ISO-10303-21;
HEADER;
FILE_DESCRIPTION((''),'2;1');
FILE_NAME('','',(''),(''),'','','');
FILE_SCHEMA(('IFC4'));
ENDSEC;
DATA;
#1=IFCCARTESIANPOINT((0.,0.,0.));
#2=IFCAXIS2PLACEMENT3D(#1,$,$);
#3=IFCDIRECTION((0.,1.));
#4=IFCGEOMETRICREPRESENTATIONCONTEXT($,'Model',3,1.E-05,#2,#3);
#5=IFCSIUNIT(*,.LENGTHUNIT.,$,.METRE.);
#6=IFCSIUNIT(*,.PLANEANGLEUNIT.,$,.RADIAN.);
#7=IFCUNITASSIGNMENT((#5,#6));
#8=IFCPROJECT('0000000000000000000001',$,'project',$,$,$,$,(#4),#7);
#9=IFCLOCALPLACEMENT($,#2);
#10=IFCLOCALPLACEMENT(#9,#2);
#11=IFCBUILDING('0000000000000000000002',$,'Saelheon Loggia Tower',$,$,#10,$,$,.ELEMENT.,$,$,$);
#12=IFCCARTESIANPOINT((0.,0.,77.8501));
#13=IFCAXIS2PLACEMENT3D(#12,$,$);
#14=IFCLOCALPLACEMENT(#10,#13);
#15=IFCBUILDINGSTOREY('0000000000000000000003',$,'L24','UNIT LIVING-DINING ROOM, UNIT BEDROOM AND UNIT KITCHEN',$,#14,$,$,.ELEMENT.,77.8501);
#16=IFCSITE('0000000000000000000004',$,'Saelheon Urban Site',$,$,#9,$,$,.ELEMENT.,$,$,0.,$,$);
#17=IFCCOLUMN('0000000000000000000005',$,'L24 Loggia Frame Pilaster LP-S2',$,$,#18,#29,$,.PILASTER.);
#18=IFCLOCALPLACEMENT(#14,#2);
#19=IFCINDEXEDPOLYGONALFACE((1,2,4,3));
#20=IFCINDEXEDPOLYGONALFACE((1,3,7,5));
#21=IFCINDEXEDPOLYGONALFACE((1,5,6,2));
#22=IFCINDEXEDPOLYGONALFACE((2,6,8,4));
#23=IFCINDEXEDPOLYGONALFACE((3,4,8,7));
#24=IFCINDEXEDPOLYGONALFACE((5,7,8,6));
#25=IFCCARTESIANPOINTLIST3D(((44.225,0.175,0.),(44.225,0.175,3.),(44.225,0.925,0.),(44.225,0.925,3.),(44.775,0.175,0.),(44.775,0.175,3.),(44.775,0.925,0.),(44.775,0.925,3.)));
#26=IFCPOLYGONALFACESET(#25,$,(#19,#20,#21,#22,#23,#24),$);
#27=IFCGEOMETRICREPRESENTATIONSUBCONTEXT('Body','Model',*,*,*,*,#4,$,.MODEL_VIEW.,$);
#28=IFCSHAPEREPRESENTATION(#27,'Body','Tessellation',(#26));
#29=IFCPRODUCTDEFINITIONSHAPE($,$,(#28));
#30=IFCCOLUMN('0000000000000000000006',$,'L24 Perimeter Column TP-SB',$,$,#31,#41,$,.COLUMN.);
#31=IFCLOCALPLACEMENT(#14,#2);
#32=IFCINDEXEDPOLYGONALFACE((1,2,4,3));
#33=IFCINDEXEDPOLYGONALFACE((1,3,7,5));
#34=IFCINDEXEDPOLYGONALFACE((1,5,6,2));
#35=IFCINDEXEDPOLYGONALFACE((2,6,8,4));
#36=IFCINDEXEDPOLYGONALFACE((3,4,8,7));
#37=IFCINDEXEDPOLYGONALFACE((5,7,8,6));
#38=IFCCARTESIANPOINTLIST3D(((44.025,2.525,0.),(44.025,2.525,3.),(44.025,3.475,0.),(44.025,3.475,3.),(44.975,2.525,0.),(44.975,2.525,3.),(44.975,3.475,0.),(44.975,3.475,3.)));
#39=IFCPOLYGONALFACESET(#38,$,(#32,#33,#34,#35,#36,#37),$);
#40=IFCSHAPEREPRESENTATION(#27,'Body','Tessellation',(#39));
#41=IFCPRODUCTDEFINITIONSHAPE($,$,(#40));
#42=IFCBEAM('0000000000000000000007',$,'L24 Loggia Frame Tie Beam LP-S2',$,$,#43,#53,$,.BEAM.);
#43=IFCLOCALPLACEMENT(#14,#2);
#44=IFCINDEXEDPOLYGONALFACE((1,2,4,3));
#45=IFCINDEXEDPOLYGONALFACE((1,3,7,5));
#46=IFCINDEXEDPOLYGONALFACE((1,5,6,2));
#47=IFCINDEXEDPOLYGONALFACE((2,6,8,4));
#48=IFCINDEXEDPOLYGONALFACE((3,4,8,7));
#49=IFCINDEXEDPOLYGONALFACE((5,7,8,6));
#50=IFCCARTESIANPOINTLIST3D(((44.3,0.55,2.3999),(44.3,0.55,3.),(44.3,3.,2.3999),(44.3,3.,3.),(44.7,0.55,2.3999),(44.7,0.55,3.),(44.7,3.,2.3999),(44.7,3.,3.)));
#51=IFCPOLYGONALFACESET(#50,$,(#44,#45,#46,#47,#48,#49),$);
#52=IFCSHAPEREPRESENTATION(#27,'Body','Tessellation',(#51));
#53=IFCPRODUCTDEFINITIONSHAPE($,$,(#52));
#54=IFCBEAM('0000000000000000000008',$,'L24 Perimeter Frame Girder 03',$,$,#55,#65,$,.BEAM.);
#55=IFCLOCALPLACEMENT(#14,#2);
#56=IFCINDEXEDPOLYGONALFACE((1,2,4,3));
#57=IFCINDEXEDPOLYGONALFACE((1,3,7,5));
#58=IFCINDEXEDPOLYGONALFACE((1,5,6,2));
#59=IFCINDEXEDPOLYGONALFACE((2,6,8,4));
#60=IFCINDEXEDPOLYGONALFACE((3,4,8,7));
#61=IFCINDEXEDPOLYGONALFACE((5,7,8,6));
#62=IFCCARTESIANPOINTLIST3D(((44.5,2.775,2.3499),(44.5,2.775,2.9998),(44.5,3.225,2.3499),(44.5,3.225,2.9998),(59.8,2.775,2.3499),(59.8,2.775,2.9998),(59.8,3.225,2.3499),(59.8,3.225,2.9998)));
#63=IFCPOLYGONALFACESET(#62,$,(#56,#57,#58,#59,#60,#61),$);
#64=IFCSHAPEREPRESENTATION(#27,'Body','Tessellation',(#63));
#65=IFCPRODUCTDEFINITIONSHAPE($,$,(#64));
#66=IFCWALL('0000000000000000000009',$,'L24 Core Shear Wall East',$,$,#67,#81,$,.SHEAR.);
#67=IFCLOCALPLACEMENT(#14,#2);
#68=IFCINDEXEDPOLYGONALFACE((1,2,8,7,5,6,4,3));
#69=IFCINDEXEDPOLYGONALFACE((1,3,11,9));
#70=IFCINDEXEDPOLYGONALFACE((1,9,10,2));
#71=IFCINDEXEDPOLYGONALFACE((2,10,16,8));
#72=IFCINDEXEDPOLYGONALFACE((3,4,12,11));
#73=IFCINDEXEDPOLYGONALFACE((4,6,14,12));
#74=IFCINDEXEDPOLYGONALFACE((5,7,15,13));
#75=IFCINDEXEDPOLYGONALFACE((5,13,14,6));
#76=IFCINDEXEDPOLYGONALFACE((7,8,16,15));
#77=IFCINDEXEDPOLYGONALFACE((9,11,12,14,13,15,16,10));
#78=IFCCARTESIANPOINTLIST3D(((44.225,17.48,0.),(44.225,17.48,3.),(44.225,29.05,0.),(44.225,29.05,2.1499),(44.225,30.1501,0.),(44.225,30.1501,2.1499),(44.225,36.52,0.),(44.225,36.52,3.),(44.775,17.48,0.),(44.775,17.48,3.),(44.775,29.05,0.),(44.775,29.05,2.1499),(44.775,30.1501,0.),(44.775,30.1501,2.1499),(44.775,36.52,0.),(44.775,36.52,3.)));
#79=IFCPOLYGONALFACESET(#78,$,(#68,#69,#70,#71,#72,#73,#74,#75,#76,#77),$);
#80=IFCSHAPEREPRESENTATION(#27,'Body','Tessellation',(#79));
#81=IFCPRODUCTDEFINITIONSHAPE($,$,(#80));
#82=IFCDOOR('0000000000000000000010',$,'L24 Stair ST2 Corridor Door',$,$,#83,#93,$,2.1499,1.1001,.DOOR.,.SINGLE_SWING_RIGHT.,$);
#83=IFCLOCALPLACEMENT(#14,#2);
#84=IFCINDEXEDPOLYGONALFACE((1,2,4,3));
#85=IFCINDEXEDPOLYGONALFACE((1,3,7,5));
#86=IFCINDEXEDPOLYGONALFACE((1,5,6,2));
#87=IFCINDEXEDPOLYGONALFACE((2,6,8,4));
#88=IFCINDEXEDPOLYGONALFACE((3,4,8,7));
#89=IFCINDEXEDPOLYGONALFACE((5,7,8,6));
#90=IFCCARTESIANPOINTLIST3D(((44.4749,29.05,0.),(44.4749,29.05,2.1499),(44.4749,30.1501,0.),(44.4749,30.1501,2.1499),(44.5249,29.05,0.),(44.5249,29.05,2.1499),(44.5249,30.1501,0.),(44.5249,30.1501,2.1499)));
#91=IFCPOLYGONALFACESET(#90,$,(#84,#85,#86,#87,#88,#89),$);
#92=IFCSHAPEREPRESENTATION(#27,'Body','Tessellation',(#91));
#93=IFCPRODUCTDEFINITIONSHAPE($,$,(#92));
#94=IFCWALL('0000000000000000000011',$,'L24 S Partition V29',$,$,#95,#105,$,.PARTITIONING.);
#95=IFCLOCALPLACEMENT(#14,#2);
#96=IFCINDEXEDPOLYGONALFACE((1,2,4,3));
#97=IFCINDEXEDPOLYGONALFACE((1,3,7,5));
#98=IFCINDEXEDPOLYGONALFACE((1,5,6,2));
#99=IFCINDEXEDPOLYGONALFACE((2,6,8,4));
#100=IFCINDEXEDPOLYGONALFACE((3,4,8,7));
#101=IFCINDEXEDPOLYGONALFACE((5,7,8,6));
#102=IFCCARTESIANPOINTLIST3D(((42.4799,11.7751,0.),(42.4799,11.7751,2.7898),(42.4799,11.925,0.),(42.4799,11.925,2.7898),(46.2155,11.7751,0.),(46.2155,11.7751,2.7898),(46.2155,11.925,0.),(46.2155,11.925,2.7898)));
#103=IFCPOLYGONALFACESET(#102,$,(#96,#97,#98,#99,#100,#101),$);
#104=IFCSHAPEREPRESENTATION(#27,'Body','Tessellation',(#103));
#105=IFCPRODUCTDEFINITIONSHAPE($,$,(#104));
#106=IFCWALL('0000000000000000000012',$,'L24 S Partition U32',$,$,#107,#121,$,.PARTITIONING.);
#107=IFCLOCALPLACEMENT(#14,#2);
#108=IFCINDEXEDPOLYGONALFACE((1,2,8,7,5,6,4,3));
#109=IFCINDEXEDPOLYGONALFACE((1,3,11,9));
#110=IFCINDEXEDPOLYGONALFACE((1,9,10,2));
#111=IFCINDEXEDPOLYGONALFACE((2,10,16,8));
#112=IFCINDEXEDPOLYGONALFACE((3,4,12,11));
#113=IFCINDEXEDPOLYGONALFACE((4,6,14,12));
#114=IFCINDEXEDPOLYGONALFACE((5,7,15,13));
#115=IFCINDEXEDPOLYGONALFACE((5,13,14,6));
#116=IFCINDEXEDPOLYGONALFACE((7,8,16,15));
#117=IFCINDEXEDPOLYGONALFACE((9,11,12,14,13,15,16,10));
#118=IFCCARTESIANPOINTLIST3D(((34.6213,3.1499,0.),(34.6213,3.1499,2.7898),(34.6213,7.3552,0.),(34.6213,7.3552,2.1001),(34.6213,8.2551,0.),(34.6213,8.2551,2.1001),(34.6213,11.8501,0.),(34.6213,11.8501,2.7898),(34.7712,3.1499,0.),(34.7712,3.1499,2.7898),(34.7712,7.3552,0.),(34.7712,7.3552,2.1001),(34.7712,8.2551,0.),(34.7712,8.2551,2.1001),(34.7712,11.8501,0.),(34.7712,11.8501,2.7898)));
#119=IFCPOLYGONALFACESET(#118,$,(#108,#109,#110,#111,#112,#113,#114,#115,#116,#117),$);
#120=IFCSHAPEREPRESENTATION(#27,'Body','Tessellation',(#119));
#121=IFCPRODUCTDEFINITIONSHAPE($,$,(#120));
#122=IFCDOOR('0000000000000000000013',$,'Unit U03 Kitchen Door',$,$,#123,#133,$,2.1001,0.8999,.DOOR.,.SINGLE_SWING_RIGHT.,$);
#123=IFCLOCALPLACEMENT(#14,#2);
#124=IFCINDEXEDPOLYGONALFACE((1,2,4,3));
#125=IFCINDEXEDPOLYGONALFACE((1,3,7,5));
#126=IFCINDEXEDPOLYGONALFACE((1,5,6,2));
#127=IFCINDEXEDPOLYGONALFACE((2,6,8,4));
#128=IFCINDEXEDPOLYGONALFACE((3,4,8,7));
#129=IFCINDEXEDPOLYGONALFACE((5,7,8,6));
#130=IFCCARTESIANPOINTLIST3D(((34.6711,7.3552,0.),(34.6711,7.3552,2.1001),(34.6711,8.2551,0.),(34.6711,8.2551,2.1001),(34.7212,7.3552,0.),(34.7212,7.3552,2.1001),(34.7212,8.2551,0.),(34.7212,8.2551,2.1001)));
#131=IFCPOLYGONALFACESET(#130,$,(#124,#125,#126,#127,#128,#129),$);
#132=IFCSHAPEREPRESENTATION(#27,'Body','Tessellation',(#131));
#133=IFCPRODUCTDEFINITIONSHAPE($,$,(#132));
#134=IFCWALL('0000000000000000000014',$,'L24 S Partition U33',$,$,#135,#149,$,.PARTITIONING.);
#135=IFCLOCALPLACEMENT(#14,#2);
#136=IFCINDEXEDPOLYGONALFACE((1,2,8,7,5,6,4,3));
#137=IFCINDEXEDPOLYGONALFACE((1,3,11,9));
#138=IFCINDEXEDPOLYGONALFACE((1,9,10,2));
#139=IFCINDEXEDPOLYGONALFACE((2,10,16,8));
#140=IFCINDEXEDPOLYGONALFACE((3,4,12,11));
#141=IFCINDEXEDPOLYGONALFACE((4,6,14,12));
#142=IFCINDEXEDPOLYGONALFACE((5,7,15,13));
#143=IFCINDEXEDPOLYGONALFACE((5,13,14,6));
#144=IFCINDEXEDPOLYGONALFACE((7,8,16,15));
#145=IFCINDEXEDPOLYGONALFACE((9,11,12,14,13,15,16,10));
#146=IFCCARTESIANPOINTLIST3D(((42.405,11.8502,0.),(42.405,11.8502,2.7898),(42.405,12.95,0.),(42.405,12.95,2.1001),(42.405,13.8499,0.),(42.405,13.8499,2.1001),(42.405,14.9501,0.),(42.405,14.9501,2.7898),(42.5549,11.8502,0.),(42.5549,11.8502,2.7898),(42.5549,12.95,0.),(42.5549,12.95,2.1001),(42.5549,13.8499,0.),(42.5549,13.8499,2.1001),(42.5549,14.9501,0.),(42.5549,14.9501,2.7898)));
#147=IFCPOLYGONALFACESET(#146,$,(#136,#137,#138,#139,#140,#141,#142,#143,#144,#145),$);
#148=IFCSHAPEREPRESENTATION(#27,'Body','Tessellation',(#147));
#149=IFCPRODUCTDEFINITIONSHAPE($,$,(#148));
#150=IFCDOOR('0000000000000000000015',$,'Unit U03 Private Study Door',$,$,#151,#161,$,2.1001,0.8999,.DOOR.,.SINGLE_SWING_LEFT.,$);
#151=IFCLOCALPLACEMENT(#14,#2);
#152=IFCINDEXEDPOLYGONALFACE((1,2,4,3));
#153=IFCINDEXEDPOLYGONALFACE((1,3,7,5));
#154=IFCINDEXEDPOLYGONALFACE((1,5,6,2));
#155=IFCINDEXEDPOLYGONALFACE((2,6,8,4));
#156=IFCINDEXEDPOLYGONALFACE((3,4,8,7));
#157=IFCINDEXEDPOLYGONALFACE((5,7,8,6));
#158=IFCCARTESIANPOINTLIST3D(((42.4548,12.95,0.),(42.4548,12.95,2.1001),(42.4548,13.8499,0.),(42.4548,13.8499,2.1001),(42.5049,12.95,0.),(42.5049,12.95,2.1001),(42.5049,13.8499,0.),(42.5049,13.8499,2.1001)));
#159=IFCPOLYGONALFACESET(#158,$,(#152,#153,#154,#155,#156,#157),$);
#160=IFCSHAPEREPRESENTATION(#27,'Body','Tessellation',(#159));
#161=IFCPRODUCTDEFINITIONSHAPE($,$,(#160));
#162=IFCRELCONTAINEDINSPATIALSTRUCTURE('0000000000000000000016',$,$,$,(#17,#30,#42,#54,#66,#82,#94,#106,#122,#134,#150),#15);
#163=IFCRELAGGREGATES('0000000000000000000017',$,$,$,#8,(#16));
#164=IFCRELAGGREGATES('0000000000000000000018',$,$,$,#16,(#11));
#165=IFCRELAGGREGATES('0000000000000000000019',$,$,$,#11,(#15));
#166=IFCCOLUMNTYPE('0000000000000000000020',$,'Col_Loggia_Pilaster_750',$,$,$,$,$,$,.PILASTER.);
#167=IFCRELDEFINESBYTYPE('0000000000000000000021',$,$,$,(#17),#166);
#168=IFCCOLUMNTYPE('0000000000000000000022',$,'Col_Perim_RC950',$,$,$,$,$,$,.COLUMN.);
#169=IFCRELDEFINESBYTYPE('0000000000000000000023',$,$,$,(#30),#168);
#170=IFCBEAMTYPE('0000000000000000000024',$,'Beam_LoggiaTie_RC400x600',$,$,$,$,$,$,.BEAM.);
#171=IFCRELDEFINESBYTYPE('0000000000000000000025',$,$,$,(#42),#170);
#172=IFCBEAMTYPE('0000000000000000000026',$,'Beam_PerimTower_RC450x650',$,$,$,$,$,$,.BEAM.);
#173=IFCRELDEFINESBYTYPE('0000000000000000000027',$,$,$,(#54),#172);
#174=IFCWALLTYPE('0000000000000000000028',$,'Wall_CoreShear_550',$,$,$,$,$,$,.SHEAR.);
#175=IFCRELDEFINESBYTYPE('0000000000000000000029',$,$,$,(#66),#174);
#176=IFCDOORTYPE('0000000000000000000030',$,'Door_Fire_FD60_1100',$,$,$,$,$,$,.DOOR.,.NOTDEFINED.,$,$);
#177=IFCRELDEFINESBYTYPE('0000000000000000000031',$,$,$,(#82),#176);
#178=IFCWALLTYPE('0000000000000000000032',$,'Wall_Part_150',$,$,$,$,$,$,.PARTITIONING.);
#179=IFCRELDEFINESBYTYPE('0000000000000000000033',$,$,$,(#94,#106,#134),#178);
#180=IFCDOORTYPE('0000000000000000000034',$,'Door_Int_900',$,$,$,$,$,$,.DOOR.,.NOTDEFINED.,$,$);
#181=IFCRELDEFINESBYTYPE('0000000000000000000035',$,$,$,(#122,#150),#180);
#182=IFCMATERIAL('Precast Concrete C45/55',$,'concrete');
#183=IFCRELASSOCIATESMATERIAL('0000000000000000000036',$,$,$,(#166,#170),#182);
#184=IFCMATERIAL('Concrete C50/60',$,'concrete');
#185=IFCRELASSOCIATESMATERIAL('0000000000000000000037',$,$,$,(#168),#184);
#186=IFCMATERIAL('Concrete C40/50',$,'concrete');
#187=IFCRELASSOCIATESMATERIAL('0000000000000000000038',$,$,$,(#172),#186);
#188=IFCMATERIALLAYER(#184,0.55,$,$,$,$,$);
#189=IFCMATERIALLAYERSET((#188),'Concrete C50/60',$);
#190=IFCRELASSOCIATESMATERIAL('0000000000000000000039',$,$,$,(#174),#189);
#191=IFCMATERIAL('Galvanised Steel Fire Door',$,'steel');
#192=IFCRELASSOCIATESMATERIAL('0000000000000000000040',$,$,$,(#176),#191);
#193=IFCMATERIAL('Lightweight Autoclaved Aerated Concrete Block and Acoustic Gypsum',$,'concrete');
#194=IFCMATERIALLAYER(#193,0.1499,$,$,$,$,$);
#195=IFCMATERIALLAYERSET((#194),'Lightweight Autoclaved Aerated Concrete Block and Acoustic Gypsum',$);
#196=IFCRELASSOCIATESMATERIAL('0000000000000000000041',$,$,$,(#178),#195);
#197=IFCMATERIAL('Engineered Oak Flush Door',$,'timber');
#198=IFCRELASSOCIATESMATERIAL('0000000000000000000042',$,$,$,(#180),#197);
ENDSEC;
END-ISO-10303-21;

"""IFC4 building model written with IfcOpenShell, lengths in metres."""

from ifc_helpers import new_model, si_unit, direction, frame, frame_2d, origin, origin_2d, place, context, subcontext, project, spatial, rectangle, extrude, source, transform, mapped, material, layer, layer_set, material_profile, profile_set, type_object, element, fill, save


model = new_model("IFC4")

# Units and contexts
model_context = context("Model", 3, precision=1e-05, world=origin(), true_north=direction((0.0, 1.0)))
body_context = subcontext(model_context, "Body", "Model", "MODEL_VIEW")
ifc_project = project(units=[si_unit("LENGTHUNIT", "METRE"), si_unit("PLANEANGLEUNIT", "RADIAN")], contexts=[model_context])

# Site, building, storey
site_placement = place(None, origin())
site = spatial("IfcSite", under=ifc_project, at=site_placement, Name="Saelheon Urban Site", CompositionType="ELEMENT", RefElevation=0.0)
building_placement = place(site_placement, origin())
building = spatial("IfcBuilding", under=site, at=building_placement, Name="Saelheon Loggia Tower", CompositionType="ELEMENT")
storey_placement = place(building_placement, frame((0.0, 0.0, 77.8501)))
storey = spatial("IfcBuildingStorey", under=building, at=storey_placement, Name="L24", Description="UNIT LIVING-DINING ROOM, UNIT BEDROOM AND UNIT KITCHEN", CompositionType="ELEMENT", Elevation=77.8501)

# Columns
ifc_material_1 = material(Name="Precast Concrete C45/55", Category="concrete")
ifc_material_profile_1 = material_profile(ifc_material_1, rectangle(XDim=0.55, YDim=0.75, at=origin_2d()), Name="RC-550x750")
ifc_profile_set_1 = profile_set([ifc_material_profile_1], Name="Precast Concrete C45/55")
column_type_1 = type_object("IfcColumnType", Name="Col_Loggia_Pilaster_750", PredefinedType="PILASTER", material=ifc_profile_set_1)
shared_shape_1 = source(origin(), body_context, "Body", "SweptSolid", [
    extrude(rectangle(XDim=0.55, YDim=0.75, at=origin_2d()), origin(), (0.0, 0.0, 1.0), 3.0),
])
column_1_placement = place(storey_placement, frame((44.5, 0.55, 0.0), z_axis=(0.0, 0.0, 1.0), x_axis=(1.0, 0.0, 0.0)))
element("IfcColumn", 1, at=column_1_placement, inside=storey, type_object=column_type_1, Name="L24 Loggia Frame Pilaster LP-S2", PredefinedType="PILASTER", context=body_context, shape_type="MappedRepresentation", body=[
    mapped(shared_shape_1, transform((0.0, 0.0, 0.0), scale=1.0)),
])
ifc_material_2 = material(Name="Concrete C50/60", Category="concrete")
ifc_material_profile_2 = material_profile(ifc_material_2, rectangle(XDim=0.95, YDim=0.95, at=origin_2d()), Name="RC-950x950")
ifc_profile_set_2 = profile_set([ifc_material_profile_2], Name="Concrete C50/60")
column_type_2 = type_object("IfcColumnType", Name="Col_Perim_RC950", PredefinedType="COLUMN", material=ifc_profile_set_2)
shared_shape_2 = source(origin(), body_context, "Body", "SweptSolid", [
    extrude(rectangle(XDim=0.95, YDim=0.95, at=origin_2d()), origin(), (0.0, 0.0, 1.0), 3.0),
])
column_2_placement = place(storey_placement, frame((44.5, 3.0, 0.0), z_axis=(0.0, 0.0, 1.0), x_axis=(1.0, 0.0, 0.0)))
element("IfcColumn", 2, at=column_2_placement, inside=storey, type_object=column_type_2, Name="L24 Perimeter Column TP-SB", PredefinedType="COLUMN", context=body_context, shape_type="MappedRepresentation", body=[
    mapped(shared_shape_2, transform((0.0, 0.0, 0.0), scale=1.0)),
])

# Beams
ifc_material_profile_3 = material_profile(ifc_material_1, rectangle(XDim=0.3999, YDim=0.6001, at=origin_2d()), Name="RC-400x600")
ifc_profile_set_3 = profile_set([ifc_material_profile_3], Name="Precast Concrete C45/55")
beam_type_1 = type_object("IfcBeamType", Name="Beam_LoggiaTie_RC400x600", PredefinedType="BEAM", material=ifc_profile_set_3)
shared_shape_3 = source(origin(), body_context, "Body", "SweptSolid", [
    extrude(rectangle(XDim=0.3999, YDim=0.6001, at=origin_2d()), origin(), (0.0, 0.0, 1.0), 2.45),
])
beam_1_placement = place(storey_placement, frame((44.5, 3.0, 2.7), z_axis=(0.0, -1.0, 0.0), x_axis=(1.0, 0.0, 0.0)))
element("IfcBeam", 3, at=beam_1_placement, inside=storey, type_object=beam_type_1, Name="L24 Loggia Frame Tie Beam LP-S2", PredefinedType="BEAM", context=body_context, shape_type="MappedRepresentation", body=[
    mapped(shared_shape_3, transform((0.0, 0.0, 0.0), scale=1.0)),
])
ifc_material_3 = material(Name="Concrete C40/50", Category="concrete")
ifc_material_profile_4 = material_profile(ifc_material_3, rectangle(XDim=0.45, YDim=0.6499, at=origin_2d()), Name="RC-450x650")
ifc_profile_set_4 = profile_set([ifc_material_profile_4], Name="Concrete C40/50")
beam_type_2 = type_object("IfcBeamType", Name="Beam_PerimTower_RC450x650", PredefinedType="BEAM", material=ifc_profile_set_4)
shared_shape_4 = source(origin(), body_context, "Body", "SweptSolid", [
    extrude(rectangle(XDim=0.45, YDim=0.6499, at=origin_2d()), origin(), (0.0, 0.0, 1.0), 15.3),
])
beam_2_placement = place(storey_placement, frame((44.5, 3.0, 2.6748), z_axis=(1.0, 0.0, 0.0), x_axis=(0.0, 1.0, 0.0)))
element("IfcBeam", 4, at=beam_2_placement, inside=storey, type_object=beam_type_2, Name="L24 Perimeter Frame Girder 03", PredefinedType="BEAM", context=body_context, shape_type="MappedRepresentation", body=[
    mapped(shared_shape_4, transform((0.0, 0.0, 0.0), scale=1.0)),
])

# Wall, opening, door
ifc_layer_1 = layer(ifc_material_2, 0.55)
ifc_layer_set_1 = layer_set([ifc_layer_1], Name="Concrete C50/60")
wall_type_1 = type_object("IfcWallType", Name="Wall_CoreShear_550", PredefinedType="SHEAR", material=ifc_layer_set_1)
wall_1_placement = place(storey_placement, frame((44.5, 17.48, 0.0), z_axis=(0.0, 0.0, 1.0), x_axis=(0.0, 1.0, 0.0)))
wall_1 = element("IfcWall", 5, at=wall_1_placement, inside=storey, type_object=wall_type_1, Name="L24 Core Shear Wall East", PredefinedType="SHEAR", context=body_context, shape_type="SweptSolid", body=[
    extrude(rectangle(XDim=19.04, YDim=0.55, at=frame_2d((9.52, 0.0))), origin(), (0.0, 0.0, 1.0), 3.0),
])
opening_1_placement = place(wall_1_placement, frame((12.6702, 0.0, 0.0), z_axis=(0.0, 0.0, 1.0), x_axis=(-1.0, 0.0, 0.0)))
opening_1 = element("IfcOpeningElement", 6, at=opening_1_placement, cuts=wall_1, PredefinedType="OPENING", context=body_context, shape_type="SweptSolid", body=[
    extrude(rectangle(XDim=1.1001, YDim=2.1499, at=frame_2d((0.55, 1.075))), frame((0.0, 0.2871, 0.0), z_axis=(0.0, -1.0, 0.0), x_axis=(1.0, 0.0, 0.0)), (0.0, 0.0, 1.0), 0.574),
])
ifc_material_4 = material(Name="Galvanised Steel Fire Door", Category="steel")
door_type_1 = type_object("IfcDoorType", Name="Door_Fire_FD60_1100", OperationType="NOTDEFINED", PredefinedType="DOOR", material=ifc_material_4)
shared_shape_5 = source(origin(), body_context, "Body", "SweptSolid", [
    extrude(rectangle(XDim=1.1001, YDim=2.1499, at=frame_2d((0.55, 1.075))), frame((0.0, 0.0249, 0.0), z_axis=(0.0, -1.0, 0.0), x_axis=(1.0, 0.0, 0.0)), (0.0, 0.0, 1.0), 0.05),
])
door_1_placement = place(opening_1_placement, origin())
door_1 = element("IfcDoor", 7, at=door_1_placement, inside=storey, type_object=door_type_1, Name="L24 Stair ST2 Corridor Door", OperationType="SINGLE_SWING_RIGHT", OverallHeight=2.1499, OverallWidth=1.1001, PredefinedType="DOOR", context=body_context, shape_type="MappedRepresentation", body=[
    mapped(shared_shape_5, transform((0.0, 0.0, 0.0), scale=1.0)),
])
fill(opening_1, door_1)

# Wall
ifc_material_5 = material(Name="Lightweight Autoclaved Aerated Concrete Block and Acoustic Gypsum", Category="concrete")
ifc_layer_2 = layer(ifc_material_5, 0.1499)
ifc_layer_set_2 = layer_set([ifc_layer_2], Name="Lightweight Autoclaved Aerated Concrete Block and Acoustic Gypsum")
wall_type_2 = type_object("IfcWallType", Name="Wall_Part_150", PredefinedType="PARTITIONING", material=ifc_layer_set_2)
wall_2_placement = place(storey_placement, frame((42.48, 11.8501, 0.0), z_axis=(0.0, 0.0, 1.0), x_axis=(1.0, 0.0, 0.0)))
element("IfcWall", 8, at=wall_2_placement, inside=storey, type_object=wall_type_2, Name="L24 S Partition V29", PredefinedType="PARTITIONING", context=body_context, shape_type="SweptSolid", body=[
    extrude(rectangle(XDim=3.7356, YDim=0.1499, at=frame_2d((1.8677, 0.0))), origin(), (0.0, 0.0, 1.0), 2.7898),
])

# Walls, openings, doors
wall_3_placement = place(storey_placement, frame((34.6963, 11.8501, 0.0), z_axis=(0.0, 0.0, 1.0), x_axis=(0.0, -1.0, 0.0)))
wall_3 = element("IfcWall", 9, at=wall_3_placement, inside=storey, type_object=wall_type_2, Name="L24 S Partition U32", PredefinedType="PARTITIONING", context=body_context, shape_type="SweptSolid", body=[
    extrude(rectangle(XDim=8.7002, YDim=0.1499, at=frame_2d((4.3501, 0.0))), origin(), (0.0, 0.0, 1.0), 2.7898),
])
opening_2_placement = place(wall_3_placement, frame((3.595, 0.0, 0.0)))
opening_2 = element("IfcOpeningElement", 10, at=opening_2_placement, cuts=wall_3, PredefinedType="OPENING", context=body_context, shape_type="SweptSolid", body=[
    extrude(rectangle(XDim=0.8999, YDim=2.1001, at=frame_2d((0.45, 1.05))), frame((0.0, 0.0869, 0.0), z_axis=(0.0, -1.0, 0.0), x_axis=(1.0, 0.0, 0.0)), (0.0, 0.0, 1.0), 0.1738),
])
ifc_material_6 = material(Name="Engineered Oak Flush Door", Category="timber")
door_type_2 = type_object("IfcDoorType", Name="Door_Int_900", OperationType="NOTDEFINED", PredefinedType="DOOR", material=ifc_material_6)
shared_shape_6 = source(origin(), body_context, "Body", "SweptSolid", [
    extrude(rectangle(XDim=0.8999, YDim=2.1001, at=frame_2d((0.45, 1.05))), frame((0.0, 0.0249, 0.0), z_axis=(0.0, -1.0, 0.0), x_axis=(1.0, 0.0, 0.0)), (0.0, 0.0, 1.0), 0.05),
])
door_2_placement = place(opening_2_placement, origin())
door_2 = element("IfcDoor", 11, at=door_2_placement, inside=storey, type_object=door_type_2, Name="Unit U03 Kitchen Door", OperationType="SINGLE_SWING_RIGHT", OverallHeight=2.1001, OverallWidth=0.8999, PredefinedType="DOOR", context=body_context, shape_type="MappedRepresentation", body=[
    mapped(shared_shape_6, transform((0.0, 0.0, 0.0), scale=1.0)),
])
fill(opening_2, door_2)
wall_4_placement = place(storey_placement, frame((42.48, 14.95, 0.0), z_axis=(0.0, 0.0, 1.0), x_axis=(0.0, -1.0, 0.0)))
wall_4 = element("IfcWall", 12, at=wall_4_placement, inside=storey, type_object=wall_type_2, Name="L24 S Partition U33", PredefinedType="PARTITIONING", context=body_context, shape_type="SweptSolid", body=[
    extrude(rectangle(XDim=3.0999, YDim=0.1499, at=frame_2d((1.5498, 0.0))), origin(), (0.0, 0.0, 1.0), 2.7898),
])
opening_3_placement = place(wall_4_placement, frame((1.1001, 0.0, 0.0)))
opening_3 = element("IfcOpeningElement", 13, at=opening_3_placement, cuts=wall_4, PredefinedType="OPENING", context=body_context, shape_type="SweptSolid", body=[
    extrude(rectangle(XDim=0.8999, YDim=2.1001, at=frame_2d((0.45, 1.05))), frame((0.0, 0.0869, 0.0), z_axis=(0.0, -1.0, 0.0), x_axis=(1.0, 0.0, 0.0)), (0.0, 0.0, 1.0), 0.1738),
])
door_3_placement = place(opening_3_placement, origin())
door_3 = element("IfcDoor", 14, at=door_3_placement, inside=storey, type_object=door_type_2, Name="Unit U03 Private Study Door", OperationType="SINGLE_SWING_LEFT", OverallHeight=2.1001, OverallWidth=0.8999, PredefinedType="DOOR", context=body_context, shape_type="MappedRepresentation", body=[
    mapped(shared_shape_6, transform((0.0, 0.0, 0.0), scale=1.0)),
])
fill(opening_3, door_3)

save(model, "model.ifc")
